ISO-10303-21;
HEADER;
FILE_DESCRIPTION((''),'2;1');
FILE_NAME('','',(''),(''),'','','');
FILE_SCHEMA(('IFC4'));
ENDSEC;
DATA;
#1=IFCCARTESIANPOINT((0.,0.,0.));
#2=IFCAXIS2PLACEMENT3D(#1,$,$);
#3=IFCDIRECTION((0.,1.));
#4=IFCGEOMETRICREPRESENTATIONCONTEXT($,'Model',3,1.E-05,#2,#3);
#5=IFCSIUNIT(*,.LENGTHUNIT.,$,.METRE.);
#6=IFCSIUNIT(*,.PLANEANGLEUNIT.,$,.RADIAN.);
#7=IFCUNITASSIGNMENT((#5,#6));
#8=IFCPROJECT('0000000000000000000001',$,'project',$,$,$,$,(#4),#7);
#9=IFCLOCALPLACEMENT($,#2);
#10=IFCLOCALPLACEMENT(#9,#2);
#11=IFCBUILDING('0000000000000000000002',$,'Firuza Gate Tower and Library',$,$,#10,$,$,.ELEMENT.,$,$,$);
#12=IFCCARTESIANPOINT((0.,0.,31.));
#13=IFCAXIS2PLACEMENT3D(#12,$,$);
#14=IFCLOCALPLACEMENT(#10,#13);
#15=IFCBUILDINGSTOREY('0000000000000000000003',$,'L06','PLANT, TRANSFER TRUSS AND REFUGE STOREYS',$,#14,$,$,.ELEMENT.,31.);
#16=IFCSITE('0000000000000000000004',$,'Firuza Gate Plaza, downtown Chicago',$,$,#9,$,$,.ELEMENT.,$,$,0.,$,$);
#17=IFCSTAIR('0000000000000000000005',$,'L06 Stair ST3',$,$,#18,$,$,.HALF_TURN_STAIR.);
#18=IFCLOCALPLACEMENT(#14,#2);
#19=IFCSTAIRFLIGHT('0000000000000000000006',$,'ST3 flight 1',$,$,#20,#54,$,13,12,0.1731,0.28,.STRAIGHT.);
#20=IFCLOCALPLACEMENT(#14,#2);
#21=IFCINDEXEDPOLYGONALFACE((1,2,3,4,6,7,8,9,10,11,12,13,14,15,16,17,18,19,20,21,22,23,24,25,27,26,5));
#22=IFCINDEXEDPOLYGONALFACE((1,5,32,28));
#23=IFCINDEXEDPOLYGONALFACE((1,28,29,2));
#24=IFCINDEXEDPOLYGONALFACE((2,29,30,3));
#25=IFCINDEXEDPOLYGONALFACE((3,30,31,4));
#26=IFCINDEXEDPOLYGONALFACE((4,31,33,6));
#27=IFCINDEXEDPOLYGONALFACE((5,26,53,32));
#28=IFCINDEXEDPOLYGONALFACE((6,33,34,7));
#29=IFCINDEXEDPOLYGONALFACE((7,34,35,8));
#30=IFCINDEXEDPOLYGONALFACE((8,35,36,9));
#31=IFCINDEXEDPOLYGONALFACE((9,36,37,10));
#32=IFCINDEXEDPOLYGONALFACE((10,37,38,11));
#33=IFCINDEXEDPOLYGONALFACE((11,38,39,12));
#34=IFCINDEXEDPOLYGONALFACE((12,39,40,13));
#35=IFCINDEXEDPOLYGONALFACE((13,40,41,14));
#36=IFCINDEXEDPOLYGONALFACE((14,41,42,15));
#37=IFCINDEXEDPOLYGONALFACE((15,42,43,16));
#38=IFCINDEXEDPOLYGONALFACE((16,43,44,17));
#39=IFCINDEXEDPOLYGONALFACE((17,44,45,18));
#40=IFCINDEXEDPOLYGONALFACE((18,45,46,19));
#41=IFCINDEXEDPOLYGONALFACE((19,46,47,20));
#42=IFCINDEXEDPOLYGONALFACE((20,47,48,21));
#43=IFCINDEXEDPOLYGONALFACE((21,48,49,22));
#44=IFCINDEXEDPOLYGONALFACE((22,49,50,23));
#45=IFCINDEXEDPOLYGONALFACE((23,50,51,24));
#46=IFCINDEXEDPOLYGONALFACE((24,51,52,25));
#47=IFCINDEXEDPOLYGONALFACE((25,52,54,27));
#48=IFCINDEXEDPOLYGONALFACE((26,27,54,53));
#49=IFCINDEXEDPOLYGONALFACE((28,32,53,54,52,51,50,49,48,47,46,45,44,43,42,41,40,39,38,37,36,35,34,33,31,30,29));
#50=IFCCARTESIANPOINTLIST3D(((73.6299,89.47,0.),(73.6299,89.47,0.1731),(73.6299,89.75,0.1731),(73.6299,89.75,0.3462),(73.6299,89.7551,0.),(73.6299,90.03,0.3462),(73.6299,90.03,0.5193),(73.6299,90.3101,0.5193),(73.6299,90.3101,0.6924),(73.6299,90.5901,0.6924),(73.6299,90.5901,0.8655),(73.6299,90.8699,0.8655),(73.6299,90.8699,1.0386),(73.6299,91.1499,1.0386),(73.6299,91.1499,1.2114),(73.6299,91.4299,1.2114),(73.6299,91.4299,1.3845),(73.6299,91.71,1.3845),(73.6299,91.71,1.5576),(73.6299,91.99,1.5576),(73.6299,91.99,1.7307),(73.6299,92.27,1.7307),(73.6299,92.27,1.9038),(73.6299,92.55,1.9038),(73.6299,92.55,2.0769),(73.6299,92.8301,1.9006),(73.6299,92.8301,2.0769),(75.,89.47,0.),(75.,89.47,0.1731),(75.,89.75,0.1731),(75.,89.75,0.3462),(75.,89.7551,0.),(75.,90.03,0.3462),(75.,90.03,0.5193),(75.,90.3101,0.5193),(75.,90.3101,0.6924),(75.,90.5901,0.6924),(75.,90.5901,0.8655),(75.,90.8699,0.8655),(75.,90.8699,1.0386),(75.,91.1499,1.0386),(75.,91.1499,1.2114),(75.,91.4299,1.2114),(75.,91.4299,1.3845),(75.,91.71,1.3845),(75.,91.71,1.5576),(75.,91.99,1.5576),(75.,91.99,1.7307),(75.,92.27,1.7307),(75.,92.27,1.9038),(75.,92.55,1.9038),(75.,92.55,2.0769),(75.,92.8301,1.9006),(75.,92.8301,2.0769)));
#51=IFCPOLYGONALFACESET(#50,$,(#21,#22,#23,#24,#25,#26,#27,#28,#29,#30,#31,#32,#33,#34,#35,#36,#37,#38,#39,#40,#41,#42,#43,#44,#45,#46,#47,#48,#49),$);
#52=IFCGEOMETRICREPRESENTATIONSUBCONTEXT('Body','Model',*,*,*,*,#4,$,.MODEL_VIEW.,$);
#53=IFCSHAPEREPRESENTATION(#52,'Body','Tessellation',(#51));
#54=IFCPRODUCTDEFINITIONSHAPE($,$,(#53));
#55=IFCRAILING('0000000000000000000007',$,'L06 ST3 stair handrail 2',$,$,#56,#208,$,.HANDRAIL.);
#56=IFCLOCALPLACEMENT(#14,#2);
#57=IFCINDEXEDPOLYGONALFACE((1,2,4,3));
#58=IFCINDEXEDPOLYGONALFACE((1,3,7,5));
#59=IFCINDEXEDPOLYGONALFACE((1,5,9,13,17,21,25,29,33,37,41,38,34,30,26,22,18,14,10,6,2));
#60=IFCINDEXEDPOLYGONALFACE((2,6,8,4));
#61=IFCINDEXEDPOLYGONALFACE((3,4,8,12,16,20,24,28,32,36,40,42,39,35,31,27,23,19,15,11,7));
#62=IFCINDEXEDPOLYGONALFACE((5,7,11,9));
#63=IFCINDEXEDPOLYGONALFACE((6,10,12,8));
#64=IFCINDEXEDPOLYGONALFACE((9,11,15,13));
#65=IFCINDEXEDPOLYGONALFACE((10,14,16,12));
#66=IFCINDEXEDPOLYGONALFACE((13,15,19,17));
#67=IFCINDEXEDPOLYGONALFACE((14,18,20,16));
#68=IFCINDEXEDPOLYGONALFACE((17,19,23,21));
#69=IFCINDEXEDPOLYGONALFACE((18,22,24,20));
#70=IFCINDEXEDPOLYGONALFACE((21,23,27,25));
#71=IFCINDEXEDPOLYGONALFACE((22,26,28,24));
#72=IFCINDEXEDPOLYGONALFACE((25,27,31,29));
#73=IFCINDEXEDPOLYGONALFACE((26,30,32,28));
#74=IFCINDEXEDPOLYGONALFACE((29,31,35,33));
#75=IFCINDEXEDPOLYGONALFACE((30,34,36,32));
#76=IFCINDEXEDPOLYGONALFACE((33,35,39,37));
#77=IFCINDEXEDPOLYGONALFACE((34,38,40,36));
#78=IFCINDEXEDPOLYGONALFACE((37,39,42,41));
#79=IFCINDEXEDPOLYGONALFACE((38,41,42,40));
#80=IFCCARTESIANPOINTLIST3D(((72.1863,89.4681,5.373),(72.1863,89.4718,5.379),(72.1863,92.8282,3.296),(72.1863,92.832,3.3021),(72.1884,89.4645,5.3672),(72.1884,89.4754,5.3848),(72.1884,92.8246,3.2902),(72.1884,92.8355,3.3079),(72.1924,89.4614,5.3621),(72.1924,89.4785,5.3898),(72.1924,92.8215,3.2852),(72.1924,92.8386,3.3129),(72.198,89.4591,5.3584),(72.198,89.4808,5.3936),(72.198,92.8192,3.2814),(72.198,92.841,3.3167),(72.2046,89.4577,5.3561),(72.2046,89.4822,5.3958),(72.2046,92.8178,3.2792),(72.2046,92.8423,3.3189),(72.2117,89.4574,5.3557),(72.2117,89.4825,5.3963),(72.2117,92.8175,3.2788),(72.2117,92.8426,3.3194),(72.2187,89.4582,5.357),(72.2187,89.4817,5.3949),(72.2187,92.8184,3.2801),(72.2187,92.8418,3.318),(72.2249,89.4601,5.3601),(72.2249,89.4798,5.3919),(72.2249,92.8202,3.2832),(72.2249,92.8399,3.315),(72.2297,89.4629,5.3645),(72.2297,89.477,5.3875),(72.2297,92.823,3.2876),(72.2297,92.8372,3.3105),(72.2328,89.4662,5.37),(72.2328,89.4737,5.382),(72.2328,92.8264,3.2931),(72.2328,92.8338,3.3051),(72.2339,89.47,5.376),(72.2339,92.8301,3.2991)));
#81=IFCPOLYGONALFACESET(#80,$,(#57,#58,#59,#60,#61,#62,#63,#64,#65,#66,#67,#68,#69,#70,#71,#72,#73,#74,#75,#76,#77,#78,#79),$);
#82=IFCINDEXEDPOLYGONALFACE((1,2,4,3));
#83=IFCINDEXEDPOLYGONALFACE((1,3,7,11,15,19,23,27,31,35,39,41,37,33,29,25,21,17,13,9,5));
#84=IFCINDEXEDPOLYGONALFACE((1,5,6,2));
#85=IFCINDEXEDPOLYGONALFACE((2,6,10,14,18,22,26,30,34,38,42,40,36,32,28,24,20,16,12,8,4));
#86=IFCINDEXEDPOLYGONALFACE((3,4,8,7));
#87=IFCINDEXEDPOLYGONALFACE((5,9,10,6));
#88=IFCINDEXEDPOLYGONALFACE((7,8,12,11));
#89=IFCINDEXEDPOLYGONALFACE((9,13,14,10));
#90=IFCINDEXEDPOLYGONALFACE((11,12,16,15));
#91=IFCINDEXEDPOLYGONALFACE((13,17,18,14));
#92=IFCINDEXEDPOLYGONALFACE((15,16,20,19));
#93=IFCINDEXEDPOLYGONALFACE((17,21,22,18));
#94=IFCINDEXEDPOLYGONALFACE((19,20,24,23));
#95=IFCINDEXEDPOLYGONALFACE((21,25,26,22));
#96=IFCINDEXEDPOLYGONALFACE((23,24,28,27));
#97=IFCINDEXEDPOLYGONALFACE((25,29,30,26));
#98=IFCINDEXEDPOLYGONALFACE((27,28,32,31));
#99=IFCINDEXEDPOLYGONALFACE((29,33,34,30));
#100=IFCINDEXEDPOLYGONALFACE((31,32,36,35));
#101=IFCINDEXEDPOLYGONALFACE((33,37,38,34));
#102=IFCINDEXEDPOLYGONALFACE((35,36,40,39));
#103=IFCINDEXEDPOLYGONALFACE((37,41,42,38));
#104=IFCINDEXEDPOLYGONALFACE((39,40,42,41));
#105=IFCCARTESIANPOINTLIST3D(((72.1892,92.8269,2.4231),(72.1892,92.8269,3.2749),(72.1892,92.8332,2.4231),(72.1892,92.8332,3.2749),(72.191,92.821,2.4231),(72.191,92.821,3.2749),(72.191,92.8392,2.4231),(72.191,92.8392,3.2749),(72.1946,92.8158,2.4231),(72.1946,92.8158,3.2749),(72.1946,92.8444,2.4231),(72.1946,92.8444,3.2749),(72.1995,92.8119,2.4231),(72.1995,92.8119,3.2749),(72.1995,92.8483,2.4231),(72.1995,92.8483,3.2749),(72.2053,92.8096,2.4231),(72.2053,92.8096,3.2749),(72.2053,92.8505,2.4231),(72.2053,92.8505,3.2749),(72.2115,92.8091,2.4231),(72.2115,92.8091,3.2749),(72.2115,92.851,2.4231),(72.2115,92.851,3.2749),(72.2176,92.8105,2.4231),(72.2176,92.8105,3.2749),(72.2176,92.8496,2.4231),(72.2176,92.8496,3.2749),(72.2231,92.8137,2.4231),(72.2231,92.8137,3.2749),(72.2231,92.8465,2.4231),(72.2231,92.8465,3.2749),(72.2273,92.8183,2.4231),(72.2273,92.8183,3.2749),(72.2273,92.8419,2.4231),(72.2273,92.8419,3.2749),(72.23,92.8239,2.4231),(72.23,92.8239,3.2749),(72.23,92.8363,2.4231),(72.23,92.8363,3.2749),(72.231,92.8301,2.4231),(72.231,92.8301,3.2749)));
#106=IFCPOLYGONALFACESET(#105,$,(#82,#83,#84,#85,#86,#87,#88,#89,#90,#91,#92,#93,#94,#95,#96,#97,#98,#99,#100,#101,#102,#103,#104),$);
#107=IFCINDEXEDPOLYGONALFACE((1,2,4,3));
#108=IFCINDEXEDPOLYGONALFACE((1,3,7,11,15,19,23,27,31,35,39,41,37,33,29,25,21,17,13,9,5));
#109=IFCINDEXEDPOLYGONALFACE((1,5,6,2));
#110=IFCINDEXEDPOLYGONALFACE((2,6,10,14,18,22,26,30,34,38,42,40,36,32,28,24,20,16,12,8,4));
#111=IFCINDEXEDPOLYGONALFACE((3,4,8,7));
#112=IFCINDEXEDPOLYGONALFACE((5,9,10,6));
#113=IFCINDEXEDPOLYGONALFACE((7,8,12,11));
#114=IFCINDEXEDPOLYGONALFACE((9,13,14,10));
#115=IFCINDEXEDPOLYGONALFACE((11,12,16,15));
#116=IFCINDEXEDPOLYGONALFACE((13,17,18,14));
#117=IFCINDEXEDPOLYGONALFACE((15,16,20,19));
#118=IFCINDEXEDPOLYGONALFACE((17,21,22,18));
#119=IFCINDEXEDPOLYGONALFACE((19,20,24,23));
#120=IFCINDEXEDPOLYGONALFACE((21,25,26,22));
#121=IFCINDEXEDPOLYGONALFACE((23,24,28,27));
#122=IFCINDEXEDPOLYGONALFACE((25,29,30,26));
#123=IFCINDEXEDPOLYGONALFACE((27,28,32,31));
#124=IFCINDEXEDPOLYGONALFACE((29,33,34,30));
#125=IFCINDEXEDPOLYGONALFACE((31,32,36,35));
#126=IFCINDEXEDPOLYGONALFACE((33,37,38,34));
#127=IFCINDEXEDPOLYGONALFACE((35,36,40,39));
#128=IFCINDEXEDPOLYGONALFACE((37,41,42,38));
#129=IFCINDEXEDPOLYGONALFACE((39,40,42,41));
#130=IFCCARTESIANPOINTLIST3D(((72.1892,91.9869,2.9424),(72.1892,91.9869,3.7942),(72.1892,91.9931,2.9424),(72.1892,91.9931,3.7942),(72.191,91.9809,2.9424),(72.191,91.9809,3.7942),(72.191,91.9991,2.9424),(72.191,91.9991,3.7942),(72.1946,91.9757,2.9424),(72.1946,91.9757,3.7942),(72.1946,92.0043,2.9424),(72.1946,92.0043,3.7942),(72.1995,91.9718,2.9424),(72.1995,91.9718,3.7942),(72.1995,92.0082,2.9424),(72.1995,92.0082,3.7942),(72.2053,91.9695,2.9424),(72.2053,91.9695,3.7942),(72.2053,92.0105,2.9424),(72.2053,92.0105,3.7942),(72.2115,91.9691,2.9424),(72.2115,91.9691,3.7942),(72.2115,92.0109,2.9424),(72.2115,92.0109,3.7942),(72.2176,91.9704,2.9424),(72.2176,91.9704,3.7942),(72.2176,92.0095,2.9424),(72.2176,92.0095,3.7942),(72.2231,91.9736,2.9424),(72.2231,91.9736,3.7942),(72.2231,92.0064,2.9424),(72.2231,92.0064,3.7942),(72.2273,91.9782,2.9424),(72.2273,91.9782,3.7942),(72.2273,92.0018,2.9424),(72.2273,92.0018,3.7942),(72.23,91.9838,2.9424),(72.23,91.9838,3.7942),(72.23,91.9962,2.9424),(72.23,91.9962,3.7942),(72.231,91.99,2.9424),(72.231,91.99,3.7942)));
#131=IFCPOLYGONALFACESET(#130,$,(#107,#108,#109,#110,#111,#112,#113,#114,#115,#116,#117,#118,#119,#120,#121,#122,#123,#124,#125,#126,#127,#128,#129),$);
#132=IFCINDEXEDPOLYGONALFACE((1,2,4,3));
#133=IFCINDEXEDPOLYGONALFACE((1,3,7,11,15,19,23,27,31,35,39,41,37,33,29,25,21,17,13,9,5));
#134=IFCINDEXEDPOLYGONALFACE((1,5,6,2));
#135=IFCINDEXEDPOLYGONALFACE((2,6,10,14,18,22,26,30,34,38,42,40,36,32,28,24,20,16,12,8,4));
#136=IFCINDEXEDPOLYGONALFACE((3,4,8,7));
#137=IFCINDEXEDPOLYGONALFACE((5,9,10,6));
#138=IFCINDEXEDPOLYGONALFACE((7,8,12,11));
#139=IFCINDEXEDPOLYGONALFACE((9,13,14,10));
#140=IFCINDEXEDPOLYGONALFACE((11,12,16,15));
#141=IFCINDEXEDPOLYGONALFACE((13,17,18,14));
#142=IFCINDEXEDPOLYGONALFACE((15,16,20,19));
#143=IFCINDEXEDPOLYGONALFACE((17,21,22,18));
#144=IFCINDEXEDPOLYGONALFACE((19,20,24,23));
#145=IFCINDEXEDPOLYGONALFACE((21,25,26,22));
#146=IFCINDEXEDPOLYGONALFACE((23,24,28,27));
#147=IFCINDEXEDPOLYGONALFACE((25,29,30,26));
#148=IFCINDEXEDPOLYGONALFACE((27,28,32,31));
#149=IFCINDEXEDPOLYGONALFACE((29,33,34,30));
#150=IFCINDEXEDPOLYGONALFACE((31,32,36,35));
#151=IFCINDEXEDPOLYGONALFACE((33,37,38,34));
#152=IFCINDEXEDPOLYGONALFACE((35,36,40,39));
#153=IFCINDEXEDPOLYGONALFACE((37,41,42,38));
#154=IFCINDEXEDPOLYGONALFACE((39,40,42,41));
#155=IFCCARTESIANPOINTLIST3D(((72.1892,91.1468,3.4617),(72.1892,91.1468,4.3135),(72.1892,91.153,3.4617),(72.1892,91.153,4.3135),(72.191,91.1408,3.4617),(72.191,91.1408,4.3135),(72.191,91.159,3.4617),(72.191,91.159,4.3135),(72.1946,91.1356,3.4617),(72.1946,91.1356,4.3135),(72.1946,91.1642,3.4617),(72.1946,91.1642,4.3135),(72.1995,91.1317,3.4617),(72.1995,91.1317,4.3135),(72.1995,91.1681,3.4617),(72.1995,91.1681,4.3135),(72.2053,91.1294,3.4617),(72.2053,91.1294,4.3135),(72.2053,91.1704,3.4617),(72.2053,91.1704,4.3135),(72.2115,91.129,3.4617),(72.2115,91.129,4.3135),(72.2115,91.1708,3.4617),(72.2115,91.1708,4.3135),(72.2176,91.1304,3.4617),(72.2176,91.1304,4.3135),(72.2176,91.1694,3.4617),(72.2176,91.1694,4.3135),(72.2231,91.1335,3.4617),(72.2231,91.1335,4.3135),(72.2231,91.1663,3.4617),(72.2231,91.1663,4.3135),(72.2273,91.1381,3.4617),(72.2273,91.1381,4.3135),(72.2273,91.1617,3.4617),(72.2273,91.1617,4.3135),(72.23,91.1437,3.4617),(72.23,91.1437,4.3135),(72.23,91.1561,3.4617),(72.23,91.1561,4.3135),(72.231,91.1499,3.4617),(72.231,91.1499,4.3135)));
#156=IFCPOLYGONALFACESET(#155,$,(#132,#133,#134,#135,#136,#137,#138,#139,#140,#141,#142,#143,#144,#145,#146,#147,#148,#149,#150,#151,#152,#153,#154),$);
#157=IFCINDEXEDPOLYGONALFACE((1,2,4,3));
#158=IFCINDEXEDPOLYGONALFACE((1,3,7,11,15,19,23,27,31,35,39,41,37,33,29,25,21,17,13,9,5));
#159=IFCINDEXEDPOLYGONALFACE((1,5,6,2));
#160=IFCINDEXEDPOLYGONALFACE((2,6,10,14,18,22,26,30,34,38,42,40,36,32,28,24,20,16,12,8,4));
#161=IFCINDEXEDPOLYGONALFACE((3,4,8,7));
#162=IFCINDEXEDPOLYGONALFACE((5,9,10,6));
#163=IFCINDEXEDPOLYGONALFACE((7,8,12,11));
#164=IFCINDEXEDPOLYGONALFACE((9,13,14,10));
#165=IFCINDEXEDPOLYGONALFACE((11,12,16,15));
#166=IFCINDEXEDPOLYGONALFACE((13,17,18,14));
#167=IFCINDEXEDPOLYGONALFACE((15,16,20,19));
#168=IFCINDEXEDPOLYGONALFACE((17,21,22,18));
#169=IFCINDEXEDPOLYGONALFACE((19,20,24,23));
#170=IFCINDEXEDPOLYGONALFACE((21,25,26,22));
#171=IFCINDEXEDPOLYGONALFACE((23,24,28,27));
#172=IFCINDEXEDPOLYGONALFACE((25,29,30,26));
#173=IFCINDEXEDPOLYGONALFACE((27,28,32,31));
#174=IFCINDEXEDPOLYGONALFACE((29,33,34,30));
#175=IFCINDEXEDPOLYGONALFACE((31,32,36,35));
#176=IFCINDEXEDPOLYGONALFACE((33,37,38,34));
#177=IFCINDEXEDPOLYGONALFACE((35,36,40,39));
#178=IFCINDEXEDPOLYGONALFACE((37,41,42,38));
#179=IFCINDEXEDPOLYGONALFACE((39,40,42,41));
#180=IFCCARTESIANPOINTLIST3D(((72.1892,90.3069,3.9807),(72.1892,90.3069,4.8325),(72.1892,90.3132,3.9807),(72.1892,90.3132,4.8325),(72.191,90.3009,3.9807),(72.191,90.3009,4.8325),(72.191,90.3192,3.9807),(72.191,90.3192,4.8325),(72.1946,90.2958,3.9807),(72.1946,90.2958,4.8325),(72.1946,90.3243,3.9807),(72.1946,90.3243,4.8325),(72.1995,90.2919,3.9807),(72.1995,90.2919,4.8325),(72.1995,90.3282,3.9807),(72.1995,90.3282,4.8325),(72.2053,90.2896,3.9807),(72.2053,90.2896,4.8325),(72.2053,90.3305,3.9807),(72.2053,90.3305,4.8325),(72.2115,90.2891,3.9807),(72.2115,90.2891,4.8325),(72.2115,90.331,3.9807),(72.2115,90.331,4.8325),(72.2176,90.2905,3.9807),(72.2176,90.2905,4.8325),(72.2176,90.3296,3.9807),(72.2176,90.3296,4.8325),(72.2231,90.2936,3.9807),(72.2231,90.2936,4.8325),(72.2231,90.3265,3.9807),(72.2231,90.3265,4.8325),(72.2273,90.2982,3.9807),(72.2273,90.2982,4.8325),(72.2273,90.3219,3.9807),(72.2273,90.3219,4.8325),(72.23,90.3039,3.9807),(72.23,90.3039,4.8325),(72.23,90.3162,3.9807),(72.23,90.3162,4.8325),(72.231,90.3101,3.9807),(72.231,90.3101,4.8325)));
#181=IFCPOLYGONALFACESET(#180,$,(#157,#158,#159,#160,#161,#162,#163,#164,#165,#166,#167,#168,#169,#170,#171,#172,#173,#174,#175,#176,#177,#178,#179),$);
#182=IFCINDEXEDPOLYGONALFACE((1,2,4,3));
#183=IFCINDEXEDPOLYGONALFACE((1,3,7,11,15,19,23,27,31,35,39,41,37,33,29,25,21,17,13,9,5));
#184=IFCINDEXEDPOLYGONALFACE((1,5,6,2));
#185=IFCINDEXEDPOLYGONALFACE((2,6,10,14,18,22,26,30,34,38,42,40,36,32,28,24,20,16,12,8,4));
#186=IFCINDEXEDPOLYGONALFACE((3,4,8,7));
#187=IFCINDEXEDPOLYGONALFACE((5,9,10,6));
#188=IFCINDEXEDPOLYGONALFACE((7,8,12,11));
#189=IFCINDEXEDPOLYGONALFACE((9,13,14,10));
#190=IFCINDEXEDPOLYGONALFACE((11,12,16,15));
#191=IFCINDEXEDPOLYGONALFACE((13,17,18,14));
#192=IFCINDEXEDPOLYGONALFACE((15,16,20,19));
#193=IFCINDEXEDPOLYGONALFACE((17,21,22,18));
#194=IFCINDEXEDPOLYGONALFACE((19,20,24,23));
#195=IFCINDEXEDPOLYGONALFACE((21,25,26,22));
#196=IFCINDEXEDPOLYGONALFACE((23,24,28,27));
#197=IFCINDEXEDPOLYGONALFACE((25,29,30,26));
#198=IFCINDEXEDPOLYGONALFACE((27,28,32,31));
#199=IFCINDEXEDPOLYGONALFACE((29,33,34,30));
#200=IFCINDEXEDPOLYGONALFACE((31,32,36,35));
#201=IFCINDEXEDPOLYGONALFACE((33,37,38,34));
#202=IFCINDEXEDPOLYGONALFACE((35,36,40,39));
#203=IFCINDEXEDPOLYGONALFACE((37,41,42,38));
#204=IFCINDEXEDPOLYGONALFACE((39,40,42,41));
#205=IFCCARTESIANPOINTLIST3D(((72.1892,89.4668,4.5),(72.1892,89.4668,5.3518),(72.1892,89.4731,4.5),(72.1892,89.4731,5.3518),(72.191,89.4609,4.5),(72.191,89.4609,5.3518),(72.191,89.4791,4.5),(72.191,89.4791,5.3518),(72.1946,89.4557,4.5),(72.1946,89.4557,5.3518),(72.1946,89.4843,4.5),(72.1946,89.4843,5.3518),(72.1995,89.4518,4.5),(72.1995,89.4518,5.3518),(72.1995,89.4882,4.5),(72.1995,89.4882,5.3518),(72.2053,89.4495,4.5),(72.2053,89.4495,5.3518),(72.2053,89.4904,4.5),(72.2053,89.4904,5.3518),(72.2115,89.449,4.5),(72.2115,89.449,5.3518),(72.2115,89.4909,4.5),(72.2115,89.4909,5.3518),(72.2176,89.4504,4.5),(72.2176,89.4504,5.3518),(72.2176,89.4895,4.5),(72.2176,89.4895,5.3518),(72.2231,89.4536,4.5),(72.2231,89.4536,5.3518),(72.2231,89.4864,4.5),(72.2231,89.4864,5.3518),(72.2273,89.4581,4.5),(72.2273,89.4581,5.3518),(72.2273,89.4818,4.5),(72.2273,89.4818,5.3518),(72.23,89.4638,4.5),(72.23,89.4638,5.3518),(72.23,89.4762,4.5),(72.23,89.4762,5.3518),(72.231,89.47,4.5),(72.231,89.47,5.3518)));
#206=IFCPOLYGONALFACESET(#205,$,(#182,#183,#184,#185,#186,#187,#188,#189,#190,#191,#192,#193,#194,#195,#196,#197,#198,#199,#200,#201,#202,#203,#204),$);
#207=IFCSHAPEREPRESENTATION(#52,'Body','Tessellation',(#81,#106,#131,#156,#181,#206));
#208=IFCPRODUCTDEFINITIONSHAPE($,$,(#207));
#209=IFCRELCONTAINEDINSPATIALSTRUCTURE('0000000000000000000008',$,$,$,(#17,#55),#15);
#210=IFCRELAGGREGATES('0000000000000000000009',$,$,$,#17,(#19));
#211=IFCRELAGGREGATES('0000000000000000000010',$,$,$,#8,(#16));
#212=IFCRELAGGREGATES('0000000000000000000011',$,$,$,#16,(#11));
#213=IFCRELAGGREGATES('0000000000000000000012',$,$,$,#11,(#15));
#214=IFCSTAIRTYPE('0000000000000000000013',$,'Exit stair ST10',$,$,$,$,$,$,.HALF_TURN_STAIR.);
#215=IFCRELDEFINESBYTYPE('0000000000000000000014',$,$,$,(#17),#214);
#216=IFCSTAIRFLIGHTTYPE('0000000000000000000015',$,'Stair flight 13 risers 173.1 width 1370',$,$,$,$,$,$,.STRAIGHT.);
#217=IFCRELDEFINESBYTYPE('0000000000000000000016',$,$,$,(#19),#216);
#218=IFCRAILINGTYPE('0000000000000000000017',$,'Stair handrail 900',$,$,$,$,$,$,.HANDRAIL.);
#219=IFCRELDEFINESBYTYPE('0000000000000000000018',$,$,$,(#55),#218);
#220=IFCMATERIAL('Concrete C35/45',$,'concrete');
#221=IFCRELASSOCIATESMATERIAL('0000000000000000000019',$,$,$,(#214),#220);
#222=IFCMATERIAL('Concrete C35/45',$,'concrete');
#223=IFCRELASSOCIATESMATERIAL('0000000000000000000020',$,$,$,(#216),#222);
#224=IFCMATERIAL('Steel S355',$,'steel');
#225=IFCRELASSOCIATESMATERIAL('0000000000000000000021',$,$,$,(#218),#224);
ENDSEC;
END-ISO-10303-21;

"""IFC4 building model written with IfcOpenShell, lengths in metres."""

from ifc_helpers import new_model, si_unit, direction, frame, origin, origin_2d, place, context, subcontext, project, spatial, polyline, circle, outline, extrude, material, type_object, element, aggregate, save


model = new_model("IFC4")

# Units and contexts
model_context = context("Model", 3, precision=1e-05, world=origin(), true_north=direction((0.0, 1.0)))
body_context = subcontext(model_context, "Body", "Model", "MODEL_VIEW")
ifc_project = project(units=[si_unit("LENGTHUNIT", "METRE"), si_unit("PLANEANGLEUNIT", "RADIAN")], contexts=[model_context])

# Site, building, storey
site_placement = place(None, origin())
site = spatial("IfcSite", under=ifc_project, at=site_placement, Name="Firuza Gate Plaza, downtown Chicago", CompositionType="ELEMENT", RefElevation=0.0)
building_placement = place(site_placement, origin())
building = spatial("IfcBuilding", under=site, at=building_placement, Name="Firuza Gate Tower and Library", CompositionType="ELEMENT")
storey_placement = place(building_placement, frame((0.0, 0.0, 31.0)))
storey = spatial("IfcBuildingStorey", under=building, at=storey_placement, Name="L06", Description="PLANT, TRANSFER TRUSS AND REFUGE STOREYS", CompositionType="ELEMENT", Elevation=31.0)

# Stair, stair flight
ifc_material_1 = material(Name="Concrete C35/45", Category="concrete")
stair_type = type_object("IfcStairType", Name="Exit stair ST10", PredefinedType="HALF_TURN_STAIR", material=ifc_material_1)
stair_placement = place(storey_placement, origin())
stair = element("IfcStair", 1, at=stair_placement, inside=storey, type_object=stair_type, Name="L06 Stair ST3", PredefinedType="HALF_TURN_STAIR")
ifc_material_2 = material(Name="Concrete C35/45", Category="concrete")
stair_flight_type = type_object("IfcStairFlightType", Name="Stair flight 13 risers 173.1 width 1370", PredefinedType="STRAIGHT", material=ifc_material_2)
stair_flight_placement = place(storey_placement, frame((74.3149, 89.47, 0.0), z_axis=(0.0, 0.0, 1.0), x_axis=(0.0, 1.0, 0.0)))
stair_flight = element("IfcStairFlight", 2, at=stair_flight_placement, type_object=stair_flight_type, Name="ST3 flight 1", NumberOfRisers=13, NumberOfTreads=12, PredefinedType="STRAIGHT", RiserHeight=0.1731, TreadLength=0.28, context=body_context, shape_type="SweptSolid", body=[
    extrude(outline(polyline([(0.0, 0.0), (0.0, 0.1731), (0.28, 0.1731), (0.28, 0.3462), (0.5601, 0.3462), (0.5601, 0.5193), (0.8401, 0.5193), (0.8401, 0.6924), (1.1201, 0.6924), (1.1201, 0.8655), (1.3999, 0.8655), (1.3999, 1.0386), (1.6799, 1.0386), (1.6799, 1.2114), (1.96, 1.2114), (1.96, 1.3845), (2.24, 1.3845), (2.24, 1.5576), (2.52, 1.5576), (2.52, 1.7307), (2.8, 1.7307), (2.8, 1.9038), (3.0801, 1.9038), (3.0801, 2.0769), (3.3601, 2.0769), (3.3601, 2.25), (3.3601, 1.9006), (0.2852, 0.0), (0.0, 0.0)])), frame((0.0, 0.6851, 0.0), z_axis=(0.0, -1.0, 0.0), x_axis=(1.0, 0.0, 0.0)), (0.0, 0.0, 1.0), 1.3701),
])
aggregate(stair, [stair_flight])

# Railing
ifc_material_3 = material(Name="Steel S355", Category="steel")
railing_type_1 = type_object("IfcRailingType", Name="Stair handrail 900", PredefinedType="HANDRAIL", material=ifc_material_3)
railing_1_placement = place(storey_placement, frame((72.21, 92.8301, 2.4231)))
element("IfcRailing", 3, at=railing_1_placement, inside=storey, type_object=railing_type_1, Name="L06 ST3 stair handrail 2", PredefinedType="HANDRAIL", context=body_context, shape_type="SweptSolid", body=[
    extrude(circle(Radius=0.0239, at=origin_2d()), frame((0.0, 0.0, 0.876), z_axis=(0.0, -0.850623, 0.525776), x_axis=(1.0, 0.0, 0.0)), (0.0, 0.0, 1.0), 3.9502),
    extrude(circle(Radius=0.021, at=origin_2d()), origin(), (0.0, 0.0, 1.0), 0.8518),
    extrude(circle(Radius=0.021, at=origin_2d()), frame((0.0, -0.8401, 0.5193)), (0.0, 0.0, 1.0), 0.8518),
    extrude(circle(Radius=0.021, at=origin_2d()), frame((0.0, -1.6802, 1.0386)), (0.0, 0.0, 1.0), 0.8518),
    extrude(circle(Radius=0.021, at=origin_2d()), frame((0.0, -2.52, 1.5576)), (0.0, 0.0, 1.0), 0.8518),
    extrude(circle(Radius=0.021, at=origin_2d()), frame((0.0, -3.3601, 2.0769)), (0.0, 0.0, 1.0), 0.8518),
])

save(model, "model.ifc")
